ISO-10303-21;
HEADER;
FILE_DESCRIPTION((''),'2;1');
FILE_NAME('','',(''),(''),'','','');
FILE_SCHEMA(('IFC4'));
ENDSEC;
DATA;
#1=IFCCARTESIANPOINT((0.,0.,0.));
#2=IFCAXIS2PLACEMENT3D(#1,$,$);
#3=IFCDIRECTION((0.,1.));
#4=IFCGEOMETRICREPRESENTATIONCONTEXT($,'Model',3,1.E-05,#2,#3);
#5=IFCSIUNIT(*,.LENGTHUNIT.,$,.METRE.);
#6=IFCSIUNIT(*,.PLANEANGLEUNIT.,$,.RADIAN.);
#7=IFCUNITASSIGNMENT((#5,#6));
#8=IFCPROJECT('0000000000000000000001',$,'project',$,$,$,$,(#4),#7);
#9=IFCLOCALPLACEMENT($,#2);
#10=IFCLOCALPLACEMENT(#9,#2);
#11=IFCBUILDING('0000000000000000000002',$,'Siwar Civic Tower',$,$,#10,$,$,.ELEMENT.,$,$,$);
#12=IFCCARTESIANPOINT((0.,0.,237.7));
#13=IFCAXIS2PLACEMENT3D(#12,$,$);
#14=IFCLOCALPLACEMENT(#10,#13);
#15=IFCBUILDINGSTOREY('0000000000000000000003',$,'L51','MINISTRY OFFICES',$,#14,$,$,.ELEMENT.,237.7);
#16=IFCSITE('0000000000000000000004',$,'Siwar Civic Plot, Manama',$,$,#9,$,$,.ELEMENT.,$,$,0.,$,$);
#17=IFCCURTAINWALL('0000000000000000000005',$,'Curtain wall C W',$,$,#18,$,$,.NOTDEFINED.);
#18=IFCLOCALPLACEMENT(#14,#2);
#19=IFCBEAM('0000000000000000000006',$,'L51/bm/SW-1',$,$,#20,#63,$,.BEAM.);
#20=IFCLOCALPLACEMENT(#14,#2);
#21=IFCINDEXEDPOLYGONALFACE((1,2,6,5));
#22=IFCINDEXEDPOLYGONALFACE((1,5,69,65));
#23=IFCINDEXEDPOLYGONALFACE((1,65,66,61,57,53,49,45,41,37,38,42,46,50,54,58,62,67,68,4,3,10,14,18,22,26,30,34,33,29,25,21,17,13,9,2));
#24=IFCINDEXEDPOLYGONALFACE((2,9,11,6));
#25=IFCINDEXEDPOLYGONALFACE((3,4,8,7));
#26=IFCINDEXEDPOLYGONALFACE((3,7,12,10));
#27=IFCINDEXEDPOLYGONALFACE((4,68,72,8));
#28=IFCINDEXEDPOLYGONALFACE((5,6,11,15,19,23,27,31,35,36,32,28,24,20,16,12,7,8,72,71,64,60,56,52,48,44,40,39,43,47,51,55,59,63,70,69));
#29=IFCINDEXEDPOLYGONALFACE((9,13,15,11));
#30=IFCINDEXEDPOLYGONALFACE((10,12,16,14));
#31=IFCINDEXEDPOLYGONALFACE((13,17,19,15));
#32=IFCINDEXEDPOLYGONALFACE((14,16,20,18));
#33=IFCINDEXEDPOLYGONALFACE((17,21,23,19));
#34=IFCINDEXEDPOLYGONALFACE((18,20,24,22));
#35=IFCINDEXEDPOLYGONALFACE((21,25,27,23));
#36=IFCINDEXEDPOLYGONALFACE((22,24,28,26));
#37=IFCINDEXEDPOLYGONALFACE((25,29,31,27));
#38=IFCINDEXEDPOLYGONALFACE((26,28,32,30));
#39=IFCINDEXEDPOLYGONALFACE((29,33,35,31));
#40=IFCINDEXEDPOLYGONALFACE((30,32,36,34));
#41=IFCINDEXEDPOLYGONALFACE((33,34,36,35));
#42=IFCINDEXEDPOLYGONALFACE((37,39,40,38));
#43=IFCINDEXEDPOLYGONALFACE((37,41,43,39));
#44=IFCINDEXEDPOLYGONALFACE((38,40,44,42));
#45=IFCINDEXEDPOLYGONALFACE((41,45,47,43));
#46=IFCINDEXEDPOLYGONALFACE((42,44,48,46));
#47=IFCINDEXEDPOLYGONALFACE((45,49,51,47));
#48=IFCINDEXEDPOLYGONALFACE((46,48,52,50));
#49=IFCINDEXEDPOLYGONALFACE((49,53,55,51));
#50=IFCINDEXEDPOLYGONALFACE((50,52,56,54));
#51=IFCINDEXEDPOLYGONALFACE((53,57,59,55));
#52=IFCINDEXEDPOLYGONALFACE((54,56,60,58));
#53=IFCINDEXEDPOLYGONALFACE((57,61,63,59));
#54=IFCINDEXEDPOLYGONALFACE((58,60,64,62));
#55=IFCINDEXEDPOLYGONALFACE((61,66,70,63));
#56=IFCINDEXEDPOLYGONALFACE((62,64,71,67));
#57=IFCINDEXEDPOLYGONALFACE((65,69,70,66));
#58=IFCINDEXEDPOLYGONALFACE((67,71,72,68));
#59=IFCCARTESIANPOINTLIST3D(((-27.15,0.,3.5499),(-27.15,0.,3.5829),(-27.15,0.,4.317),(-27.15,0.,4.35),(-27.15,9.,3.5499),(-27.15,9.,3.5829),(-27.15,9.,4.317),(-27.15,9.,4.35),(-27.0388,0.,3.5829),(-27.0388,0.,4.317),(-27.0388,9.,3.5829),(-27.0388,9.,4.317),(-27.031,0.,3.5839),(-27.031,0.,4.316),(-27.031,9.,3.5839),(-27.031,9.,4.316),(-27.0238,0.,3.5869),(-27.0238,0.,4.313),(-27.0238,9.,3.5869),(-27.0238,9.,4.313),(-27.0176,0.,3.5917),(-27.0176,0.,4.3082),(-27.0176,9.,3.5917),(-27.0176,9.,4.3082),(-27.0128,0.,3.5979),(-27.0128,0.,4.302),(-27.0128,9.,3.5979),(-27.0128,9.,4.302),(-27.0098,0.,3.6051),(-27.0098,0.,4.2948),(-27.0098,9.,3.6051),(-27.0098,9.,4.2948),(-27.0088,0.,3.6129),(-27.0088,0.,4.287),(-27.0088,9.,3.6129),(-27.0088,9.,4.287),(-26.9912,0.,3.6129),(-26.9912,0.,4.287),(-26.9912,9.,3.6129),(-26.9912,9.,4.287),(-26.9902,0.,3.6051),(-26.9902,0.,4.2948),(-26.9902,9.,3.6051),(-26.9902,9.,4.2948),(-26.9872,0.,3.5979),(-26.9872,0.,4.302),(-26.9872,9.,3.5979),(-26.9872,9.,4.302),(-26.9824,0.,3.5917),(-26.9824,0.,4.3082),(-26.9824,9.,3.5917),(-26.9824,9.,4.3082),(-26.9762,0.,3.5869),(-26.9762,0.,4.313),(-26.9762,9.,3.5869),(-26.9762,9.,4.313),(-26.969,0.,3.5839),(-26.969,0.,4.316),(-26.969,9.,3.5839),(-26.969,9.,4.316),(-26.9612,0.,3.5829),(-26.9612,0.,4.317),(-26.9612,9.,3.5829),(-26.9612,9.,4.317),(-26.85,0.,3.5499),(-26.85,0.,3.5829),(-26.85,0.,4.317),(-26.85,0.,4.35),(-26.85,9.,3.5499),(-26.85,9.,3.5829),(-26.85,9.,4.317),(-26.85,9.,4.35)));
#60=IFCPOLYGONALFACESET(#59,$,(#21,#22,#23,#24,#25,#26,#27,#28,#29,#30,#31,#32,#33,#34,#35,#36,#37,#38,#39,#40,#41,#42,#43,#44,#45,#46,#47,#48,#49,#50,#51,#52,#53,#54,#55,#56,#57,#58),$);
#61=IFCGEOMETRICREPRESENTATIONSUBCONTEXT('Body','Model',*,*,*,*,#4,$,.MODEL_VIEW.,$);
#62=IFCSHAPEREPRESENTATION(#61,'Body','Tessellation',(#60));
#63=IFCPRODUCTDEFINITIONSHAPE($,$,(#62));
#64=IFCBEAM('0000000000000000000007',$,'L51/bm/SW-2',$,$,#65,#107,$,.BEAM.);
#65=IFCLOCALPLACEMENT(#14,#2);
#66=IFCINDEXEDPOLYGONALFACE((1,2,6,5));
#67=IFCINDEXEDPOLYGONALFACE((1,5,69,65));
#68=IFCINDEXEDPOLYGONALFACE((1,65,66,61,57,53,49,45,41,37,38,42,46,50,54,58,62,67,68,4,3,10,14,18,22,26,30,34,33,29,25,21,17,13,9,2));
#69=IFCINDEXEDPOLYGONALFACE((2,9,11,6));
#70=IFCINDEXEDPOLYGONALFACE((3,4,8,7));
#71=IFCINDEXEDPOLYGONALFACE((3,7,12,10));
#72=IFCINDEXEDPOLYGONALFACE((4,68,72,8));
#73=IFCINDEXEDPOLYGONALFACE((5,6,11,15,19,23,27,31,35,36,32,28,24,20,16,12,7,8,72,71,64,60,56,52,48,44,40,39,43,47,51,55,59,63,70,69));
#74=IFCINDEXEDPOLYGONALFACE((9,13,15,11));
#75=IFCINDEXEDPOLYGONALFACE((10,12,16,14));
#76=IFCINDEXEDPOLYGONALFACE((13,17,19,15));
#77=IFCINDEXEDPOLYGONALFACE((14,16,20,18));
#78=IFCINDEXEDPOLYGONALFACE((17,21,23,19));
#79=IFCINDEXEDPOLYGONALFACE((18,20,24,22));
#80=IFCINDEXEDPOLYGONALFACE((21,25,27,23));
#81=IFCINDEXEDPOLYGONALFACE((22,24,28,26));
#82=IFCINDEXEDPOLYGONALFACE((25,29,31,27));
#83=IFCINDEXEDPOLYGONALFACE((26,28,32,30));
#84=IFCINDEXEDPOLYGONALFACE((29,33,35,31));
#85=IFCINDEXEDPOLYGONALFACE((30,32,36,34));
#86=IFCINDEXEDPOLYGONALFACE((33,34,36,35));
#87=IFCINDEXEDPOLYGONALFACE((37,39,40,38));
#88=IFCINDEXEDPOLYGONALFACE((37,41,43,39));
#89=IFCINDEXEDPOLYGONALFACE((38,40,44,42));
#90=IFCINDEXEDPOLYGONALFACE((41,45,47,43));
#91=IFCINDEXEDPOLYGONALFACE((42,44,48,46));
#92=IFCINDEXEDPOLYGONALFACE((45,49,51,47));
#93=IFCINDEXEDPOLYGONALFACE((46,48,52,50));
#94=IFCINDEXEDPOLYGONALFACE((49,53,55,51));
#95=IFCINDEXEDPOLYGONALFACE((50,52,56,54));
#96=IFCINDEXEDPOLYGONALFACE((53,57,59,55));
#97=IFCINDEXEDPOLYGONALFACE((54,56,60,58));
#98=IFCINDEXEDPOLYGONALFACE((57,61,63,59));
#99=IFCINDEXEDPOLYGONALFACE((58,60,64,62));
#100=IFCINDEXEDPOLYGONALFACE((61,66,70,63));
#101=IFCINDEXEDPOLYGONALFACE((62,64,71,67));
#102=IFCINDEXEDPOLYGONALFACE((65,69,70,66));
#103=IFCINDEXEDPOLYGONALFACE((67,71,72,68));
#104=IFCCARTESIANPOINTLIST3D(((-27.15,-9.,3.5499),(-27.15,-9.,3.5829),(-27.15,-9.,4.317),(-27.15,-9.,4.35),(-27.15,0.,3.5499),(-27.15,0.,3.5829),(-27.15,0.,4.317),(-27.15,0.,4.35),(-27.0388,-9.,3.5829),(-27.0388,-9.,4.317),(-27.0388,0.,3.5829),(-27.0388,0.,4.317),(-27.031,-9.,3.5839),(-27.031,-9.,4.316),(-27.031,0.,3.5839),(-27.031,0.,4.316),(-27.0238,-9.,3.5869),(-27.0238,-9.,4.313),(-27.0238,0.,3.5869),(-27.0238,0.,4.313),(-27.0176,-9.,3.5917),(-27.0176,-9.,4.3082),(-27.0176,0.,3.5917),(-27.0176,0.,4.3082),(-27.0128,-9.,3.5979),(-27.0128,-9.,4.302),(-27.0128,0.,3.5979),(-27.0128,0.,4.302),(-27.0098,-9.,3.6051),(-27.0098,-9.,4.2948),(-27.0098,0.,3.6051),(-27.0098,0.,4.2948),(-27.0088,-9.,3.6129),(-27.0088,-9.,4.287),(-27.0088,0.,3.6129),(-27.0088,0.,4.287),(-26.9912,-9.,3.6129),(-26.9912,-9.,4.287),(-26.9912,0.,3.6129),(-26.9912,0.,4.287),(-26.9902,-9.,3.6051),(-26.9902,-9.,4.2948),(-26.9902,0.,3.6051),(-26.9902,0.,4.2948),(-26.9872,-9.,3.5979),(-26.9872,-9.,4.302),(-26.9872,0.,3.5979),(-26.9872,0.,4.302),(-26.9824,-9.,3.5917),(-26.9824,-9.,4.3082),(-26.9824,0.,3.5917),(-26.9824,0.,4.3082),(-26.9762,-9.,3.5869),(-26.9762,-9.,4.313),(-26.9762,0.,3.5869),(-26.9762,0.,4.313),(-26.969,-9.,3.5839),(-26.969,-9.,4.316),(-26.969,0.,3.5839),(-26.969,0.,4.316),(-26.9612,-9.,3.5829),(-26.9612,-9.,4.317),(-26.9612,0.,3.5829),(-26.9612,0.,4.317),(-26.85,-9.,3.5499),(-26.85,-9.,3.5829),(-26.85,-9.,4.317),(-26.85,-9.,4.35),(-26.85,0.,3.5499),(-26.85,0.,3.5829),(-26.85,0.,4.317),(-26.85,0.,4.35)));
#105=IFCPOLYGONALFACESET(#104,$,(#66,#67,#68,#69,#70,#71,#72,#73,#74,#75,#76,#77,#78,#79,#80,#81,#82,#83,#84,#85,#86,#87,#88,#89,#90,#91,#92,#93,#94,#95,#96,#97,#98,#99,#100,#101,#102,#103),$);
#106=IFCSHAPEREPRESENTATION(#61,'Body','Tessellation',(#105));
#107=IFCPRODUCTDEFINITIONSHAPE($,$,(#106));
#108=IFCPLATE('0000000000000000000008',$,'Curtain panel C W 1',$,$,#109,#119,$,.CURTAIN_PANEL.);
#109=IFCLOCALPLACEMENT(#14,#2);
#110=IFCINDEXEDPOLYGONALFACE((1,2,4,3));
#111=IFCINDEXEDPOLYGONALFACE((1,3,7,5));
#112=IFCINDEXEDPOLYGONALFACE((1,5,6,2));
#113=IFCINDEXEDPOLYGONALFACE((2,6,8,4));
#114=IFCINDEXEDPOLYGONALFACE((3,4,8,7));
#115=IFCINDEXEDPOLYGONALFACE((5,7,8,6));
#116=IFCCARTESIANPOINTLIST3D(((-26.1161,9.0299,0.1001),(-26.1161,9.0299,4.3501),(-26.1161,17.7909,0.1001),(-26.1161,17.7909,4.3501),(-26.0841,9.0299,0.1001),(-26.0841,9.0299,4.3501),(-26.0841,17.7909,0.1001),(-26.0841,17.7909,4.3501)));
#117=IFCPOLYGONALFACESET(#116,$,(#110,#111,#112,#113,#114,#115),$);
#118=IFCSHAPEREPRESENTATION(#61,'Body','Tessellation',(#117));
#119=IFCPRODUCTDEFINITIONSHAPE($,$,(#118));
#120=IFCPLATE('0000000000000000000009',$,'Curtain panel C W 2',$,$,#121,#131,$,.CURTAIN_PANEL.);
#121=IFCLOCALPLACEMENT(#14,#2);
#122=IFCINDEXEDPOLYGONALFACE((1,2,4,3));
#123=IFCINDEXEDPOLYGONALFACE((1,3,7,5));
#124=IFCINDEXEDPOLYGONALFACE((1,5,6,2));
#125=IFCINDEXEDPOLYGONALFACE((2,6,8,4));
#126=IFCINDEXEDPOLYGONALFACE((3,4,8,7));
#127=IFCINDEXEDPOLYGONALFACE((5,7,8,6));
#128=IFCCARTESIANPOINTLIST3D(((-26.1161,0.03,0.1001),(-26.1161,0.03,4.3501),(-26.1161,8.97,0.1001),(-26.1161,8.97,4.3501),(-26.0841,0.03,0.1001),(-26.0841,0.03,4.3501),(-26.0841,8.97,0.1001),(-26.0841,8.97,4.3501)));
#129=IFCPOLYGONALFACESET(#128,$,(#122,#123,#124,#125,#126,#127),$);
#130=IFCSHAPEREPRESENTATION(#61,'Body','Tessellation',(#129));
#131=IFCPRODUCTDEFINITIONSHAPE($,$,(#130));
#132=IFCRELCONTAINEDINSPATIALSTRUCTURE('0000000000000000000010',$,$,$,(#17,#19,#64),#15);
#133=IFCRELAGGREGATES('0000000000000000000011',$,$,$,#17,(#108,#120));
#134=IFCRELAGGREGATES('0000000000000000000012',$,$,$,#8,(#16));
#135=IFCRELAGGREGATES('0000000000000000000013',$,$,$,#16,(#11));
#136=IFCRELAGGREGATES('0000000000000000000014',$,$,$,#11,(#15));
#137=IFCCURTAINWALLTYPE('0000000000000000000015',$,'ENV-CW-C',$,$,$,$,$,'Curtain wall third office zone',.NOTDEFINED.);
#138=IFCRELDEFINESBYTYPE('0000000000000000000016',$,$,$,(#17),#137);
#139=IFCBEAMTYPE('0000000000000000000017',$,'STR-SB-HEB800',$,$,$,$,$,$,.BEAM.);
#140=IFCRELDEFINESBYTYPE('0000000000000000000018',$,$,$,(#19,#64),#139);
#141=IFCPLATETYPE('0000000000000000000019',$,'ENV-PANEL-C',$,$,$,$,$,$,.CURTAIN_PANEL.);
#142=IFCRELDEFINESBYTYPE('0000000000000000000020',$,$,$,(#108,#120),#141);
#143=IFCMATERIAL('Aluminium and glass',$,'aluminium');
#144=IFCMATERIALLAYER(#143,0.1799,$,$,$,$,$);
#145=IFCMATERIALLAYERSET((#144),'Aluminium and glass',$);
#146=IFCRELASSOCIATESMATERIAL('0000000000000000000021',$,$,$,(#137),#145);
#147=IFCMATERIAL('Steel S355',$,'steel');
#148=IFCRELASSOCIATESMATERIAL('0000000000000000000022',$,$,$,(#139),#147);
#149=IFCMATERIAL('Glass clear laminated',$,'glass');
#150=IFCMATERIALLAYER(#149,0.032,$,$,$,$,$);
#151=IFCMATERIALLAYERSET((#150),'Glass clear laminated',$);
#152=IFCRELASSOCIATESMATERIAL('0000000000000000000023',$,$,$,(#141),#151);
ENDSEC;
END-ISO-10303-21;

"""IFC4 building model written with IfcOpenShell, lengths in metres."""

from ifc_helpers import new_model, si_unit, direction, frame, origin, origin_2d, place, context, subcontext, project, spatial, rectangle, i_section, extrude, material, layer, layer_set, material_profile, profile_set, type_object, element, aggregate, save


model = new_model("IFC4")

# Units and contexts
model_context = context("Model", 3, precision=1e-05, world=origin(), true_north=direction((0.0, 1.0)))
body_context = subcontext(model_context, "Body", "Model", "MODEL_VIEW")
ifc_project = project(units=[si_unit("LENGTHUNIT", "METRE"), si_unit("PLANEANGLEUNIT", "RADIAN")], contexts=[model_context])

# Site, building, storey
site_placement = place(None, origin())
site = spatial("IfcSite", under=ifc_project, at=site_placement, Name="Siwar Civic Plot, Manama", CompositionType="ELEMENT", RefElevation=0.0)
building_placement = place(site_placement, origin())
building = spatial("IfcBuilding", under=site, at=building_placement, Name="Siwar Civic Tower", CompositionType="ELEMENT")
storey_placement = place(building_placement, frame((0.0, 0.0, 237.7)))
storey = spatial("IfcBuildingStorey", under=building, at=storey_placement, Name="L51", Description="MINISTRY OFFICES", CompositionType="ELEMENT", Elevation=237.7)

# Curtain wall
ifc_material_1 = material(Name="Aluminium and glass", Category="aluminium")
ifc_layer_1 = layer(ifc_material_1, 0.1799)
ifc_layer_set_1 = layer_set([ifc_layer_1], Name="Aluminium and glass")
curtain_wall_type = type_object("IfcCurtainWallType", Name="ENV-CW-C", ElementType="Curtain wall third office zone", PredefinedType="NOTDEFINED", material=ifc_layer_set_1)
curtain_wall_placement = place(storey_placement, origin())
curtain_wall = element("IfcCurtainWall", 1, at=curtain_wall_placement, inside=storey, type_object=curtain_wall_type, Name="Curtain wall C W", PredefinedType="NOTDEFINED")

# Beams
ifc_material_2 = material(Name="Steel S355", Category="steel")
ifc_material_profile_1 = material_profile(ifc_material_2, i_section(OverallWidth=0.3, OverallDepth=0.8, WebThickness=0.0176, FlangeThickness=0.033, FilletRadius=0.03, at=origin_2d()), Name="HEB800")
ifc_profile_set_1 = profile_set([ifc_material_profile_1], Name="Steel S355")
beam_type_1 = type_object("IfcBeamType", Name="STR-SB-HEB800", PredefinedType="BEAM", material=ifc_profile_set_1)
for number, where, z_axis, x_axis, name in (
    (2, (-27.0, 9.0, 3.95), (0.0, -1.0, 0.0), (1.0, 0.0, 0.0), "L51/bm/SW-1"),
    (3, (-27.0, 0.0, 3.95), (0.0, -1.0, 0.0), (1.0, 0.0, 0.0), "L51/bm/SW-2"),
):
    element("IfcBeam", number, at=place(storey_placement, frame(where, z_axis=z_axis, x_axis=x_axis)), inside=storey, type_object=beam_type_1, Name=name, PredefinedType="BEAM", context=body_context, shape_type="SweptSolid", body=[
        extrude(i_section(OverallWidth=0.3, OverallDepth=0.8, WebThickness=0.0176, FlangeThickness=0.033, FilletRadius=0.03, at=origin_2d()), origin(), (0.0, 0.0, 1.0), 9.0),
    ])

# Plates
ifc_material_3 = material(Name="Glass clear laminated", Category="glass")
ifc_layer_2 = layer(ifc_material_3, 0.032)
ifc_layer_set_2 = layer_set([ifc_layer_2], Name="Glass clear laminated")
plate_type = type_object("IfcPlateType", Name="ENV-PANEL-C", PredefinedType="CURTAIN_PANEL", material=ifc_layer_set_2)
plate_1_placement = place(storey_placement, frame((-26.1001, 13.4104, 0.1001), z_axis=(0.0, 0.0, 1.0), x_axis=(0.0, -1.0, 0.0)))
plate_1 = element("IfcPlate", 4, at=plate_1_placement, type_object=plate_type, Name="Curtain panel C W 1", PredefinedType="CURTAIN_PANEL", context=body_context, shape_type="SweptSolid", body=[
    extrude(rectangle(XDim=8.761, YDim=0.032, at=origin_2d()), origin(), (0.0, 0.0, 1.0), 4.25),
])
plate_2_placement = place(storey_placement, frame((-26.1001, 4.5, 0.1001), z_axis=(0.0, 0.0, 1.0), x_axis=(0.0, -1.0, 0.0)))
plate_2 = element("IfcPlate", 5, at=plate_2_placement, type_object=plate_type, Name="Curtain panel C W 2", PredefinedType="CURTAIN_PANEL", context=body_context, shape_type="SweptSolid", body=[
    extrude(rectangle(XDim=8.9399, YDim=0.032, at=origin_2d()), origin(), (0.0, 0.0, 1.0), 4.25),
])
aggregate(curtain_wall, [plate_1, plate_2])

save(model, "model.ifc")
